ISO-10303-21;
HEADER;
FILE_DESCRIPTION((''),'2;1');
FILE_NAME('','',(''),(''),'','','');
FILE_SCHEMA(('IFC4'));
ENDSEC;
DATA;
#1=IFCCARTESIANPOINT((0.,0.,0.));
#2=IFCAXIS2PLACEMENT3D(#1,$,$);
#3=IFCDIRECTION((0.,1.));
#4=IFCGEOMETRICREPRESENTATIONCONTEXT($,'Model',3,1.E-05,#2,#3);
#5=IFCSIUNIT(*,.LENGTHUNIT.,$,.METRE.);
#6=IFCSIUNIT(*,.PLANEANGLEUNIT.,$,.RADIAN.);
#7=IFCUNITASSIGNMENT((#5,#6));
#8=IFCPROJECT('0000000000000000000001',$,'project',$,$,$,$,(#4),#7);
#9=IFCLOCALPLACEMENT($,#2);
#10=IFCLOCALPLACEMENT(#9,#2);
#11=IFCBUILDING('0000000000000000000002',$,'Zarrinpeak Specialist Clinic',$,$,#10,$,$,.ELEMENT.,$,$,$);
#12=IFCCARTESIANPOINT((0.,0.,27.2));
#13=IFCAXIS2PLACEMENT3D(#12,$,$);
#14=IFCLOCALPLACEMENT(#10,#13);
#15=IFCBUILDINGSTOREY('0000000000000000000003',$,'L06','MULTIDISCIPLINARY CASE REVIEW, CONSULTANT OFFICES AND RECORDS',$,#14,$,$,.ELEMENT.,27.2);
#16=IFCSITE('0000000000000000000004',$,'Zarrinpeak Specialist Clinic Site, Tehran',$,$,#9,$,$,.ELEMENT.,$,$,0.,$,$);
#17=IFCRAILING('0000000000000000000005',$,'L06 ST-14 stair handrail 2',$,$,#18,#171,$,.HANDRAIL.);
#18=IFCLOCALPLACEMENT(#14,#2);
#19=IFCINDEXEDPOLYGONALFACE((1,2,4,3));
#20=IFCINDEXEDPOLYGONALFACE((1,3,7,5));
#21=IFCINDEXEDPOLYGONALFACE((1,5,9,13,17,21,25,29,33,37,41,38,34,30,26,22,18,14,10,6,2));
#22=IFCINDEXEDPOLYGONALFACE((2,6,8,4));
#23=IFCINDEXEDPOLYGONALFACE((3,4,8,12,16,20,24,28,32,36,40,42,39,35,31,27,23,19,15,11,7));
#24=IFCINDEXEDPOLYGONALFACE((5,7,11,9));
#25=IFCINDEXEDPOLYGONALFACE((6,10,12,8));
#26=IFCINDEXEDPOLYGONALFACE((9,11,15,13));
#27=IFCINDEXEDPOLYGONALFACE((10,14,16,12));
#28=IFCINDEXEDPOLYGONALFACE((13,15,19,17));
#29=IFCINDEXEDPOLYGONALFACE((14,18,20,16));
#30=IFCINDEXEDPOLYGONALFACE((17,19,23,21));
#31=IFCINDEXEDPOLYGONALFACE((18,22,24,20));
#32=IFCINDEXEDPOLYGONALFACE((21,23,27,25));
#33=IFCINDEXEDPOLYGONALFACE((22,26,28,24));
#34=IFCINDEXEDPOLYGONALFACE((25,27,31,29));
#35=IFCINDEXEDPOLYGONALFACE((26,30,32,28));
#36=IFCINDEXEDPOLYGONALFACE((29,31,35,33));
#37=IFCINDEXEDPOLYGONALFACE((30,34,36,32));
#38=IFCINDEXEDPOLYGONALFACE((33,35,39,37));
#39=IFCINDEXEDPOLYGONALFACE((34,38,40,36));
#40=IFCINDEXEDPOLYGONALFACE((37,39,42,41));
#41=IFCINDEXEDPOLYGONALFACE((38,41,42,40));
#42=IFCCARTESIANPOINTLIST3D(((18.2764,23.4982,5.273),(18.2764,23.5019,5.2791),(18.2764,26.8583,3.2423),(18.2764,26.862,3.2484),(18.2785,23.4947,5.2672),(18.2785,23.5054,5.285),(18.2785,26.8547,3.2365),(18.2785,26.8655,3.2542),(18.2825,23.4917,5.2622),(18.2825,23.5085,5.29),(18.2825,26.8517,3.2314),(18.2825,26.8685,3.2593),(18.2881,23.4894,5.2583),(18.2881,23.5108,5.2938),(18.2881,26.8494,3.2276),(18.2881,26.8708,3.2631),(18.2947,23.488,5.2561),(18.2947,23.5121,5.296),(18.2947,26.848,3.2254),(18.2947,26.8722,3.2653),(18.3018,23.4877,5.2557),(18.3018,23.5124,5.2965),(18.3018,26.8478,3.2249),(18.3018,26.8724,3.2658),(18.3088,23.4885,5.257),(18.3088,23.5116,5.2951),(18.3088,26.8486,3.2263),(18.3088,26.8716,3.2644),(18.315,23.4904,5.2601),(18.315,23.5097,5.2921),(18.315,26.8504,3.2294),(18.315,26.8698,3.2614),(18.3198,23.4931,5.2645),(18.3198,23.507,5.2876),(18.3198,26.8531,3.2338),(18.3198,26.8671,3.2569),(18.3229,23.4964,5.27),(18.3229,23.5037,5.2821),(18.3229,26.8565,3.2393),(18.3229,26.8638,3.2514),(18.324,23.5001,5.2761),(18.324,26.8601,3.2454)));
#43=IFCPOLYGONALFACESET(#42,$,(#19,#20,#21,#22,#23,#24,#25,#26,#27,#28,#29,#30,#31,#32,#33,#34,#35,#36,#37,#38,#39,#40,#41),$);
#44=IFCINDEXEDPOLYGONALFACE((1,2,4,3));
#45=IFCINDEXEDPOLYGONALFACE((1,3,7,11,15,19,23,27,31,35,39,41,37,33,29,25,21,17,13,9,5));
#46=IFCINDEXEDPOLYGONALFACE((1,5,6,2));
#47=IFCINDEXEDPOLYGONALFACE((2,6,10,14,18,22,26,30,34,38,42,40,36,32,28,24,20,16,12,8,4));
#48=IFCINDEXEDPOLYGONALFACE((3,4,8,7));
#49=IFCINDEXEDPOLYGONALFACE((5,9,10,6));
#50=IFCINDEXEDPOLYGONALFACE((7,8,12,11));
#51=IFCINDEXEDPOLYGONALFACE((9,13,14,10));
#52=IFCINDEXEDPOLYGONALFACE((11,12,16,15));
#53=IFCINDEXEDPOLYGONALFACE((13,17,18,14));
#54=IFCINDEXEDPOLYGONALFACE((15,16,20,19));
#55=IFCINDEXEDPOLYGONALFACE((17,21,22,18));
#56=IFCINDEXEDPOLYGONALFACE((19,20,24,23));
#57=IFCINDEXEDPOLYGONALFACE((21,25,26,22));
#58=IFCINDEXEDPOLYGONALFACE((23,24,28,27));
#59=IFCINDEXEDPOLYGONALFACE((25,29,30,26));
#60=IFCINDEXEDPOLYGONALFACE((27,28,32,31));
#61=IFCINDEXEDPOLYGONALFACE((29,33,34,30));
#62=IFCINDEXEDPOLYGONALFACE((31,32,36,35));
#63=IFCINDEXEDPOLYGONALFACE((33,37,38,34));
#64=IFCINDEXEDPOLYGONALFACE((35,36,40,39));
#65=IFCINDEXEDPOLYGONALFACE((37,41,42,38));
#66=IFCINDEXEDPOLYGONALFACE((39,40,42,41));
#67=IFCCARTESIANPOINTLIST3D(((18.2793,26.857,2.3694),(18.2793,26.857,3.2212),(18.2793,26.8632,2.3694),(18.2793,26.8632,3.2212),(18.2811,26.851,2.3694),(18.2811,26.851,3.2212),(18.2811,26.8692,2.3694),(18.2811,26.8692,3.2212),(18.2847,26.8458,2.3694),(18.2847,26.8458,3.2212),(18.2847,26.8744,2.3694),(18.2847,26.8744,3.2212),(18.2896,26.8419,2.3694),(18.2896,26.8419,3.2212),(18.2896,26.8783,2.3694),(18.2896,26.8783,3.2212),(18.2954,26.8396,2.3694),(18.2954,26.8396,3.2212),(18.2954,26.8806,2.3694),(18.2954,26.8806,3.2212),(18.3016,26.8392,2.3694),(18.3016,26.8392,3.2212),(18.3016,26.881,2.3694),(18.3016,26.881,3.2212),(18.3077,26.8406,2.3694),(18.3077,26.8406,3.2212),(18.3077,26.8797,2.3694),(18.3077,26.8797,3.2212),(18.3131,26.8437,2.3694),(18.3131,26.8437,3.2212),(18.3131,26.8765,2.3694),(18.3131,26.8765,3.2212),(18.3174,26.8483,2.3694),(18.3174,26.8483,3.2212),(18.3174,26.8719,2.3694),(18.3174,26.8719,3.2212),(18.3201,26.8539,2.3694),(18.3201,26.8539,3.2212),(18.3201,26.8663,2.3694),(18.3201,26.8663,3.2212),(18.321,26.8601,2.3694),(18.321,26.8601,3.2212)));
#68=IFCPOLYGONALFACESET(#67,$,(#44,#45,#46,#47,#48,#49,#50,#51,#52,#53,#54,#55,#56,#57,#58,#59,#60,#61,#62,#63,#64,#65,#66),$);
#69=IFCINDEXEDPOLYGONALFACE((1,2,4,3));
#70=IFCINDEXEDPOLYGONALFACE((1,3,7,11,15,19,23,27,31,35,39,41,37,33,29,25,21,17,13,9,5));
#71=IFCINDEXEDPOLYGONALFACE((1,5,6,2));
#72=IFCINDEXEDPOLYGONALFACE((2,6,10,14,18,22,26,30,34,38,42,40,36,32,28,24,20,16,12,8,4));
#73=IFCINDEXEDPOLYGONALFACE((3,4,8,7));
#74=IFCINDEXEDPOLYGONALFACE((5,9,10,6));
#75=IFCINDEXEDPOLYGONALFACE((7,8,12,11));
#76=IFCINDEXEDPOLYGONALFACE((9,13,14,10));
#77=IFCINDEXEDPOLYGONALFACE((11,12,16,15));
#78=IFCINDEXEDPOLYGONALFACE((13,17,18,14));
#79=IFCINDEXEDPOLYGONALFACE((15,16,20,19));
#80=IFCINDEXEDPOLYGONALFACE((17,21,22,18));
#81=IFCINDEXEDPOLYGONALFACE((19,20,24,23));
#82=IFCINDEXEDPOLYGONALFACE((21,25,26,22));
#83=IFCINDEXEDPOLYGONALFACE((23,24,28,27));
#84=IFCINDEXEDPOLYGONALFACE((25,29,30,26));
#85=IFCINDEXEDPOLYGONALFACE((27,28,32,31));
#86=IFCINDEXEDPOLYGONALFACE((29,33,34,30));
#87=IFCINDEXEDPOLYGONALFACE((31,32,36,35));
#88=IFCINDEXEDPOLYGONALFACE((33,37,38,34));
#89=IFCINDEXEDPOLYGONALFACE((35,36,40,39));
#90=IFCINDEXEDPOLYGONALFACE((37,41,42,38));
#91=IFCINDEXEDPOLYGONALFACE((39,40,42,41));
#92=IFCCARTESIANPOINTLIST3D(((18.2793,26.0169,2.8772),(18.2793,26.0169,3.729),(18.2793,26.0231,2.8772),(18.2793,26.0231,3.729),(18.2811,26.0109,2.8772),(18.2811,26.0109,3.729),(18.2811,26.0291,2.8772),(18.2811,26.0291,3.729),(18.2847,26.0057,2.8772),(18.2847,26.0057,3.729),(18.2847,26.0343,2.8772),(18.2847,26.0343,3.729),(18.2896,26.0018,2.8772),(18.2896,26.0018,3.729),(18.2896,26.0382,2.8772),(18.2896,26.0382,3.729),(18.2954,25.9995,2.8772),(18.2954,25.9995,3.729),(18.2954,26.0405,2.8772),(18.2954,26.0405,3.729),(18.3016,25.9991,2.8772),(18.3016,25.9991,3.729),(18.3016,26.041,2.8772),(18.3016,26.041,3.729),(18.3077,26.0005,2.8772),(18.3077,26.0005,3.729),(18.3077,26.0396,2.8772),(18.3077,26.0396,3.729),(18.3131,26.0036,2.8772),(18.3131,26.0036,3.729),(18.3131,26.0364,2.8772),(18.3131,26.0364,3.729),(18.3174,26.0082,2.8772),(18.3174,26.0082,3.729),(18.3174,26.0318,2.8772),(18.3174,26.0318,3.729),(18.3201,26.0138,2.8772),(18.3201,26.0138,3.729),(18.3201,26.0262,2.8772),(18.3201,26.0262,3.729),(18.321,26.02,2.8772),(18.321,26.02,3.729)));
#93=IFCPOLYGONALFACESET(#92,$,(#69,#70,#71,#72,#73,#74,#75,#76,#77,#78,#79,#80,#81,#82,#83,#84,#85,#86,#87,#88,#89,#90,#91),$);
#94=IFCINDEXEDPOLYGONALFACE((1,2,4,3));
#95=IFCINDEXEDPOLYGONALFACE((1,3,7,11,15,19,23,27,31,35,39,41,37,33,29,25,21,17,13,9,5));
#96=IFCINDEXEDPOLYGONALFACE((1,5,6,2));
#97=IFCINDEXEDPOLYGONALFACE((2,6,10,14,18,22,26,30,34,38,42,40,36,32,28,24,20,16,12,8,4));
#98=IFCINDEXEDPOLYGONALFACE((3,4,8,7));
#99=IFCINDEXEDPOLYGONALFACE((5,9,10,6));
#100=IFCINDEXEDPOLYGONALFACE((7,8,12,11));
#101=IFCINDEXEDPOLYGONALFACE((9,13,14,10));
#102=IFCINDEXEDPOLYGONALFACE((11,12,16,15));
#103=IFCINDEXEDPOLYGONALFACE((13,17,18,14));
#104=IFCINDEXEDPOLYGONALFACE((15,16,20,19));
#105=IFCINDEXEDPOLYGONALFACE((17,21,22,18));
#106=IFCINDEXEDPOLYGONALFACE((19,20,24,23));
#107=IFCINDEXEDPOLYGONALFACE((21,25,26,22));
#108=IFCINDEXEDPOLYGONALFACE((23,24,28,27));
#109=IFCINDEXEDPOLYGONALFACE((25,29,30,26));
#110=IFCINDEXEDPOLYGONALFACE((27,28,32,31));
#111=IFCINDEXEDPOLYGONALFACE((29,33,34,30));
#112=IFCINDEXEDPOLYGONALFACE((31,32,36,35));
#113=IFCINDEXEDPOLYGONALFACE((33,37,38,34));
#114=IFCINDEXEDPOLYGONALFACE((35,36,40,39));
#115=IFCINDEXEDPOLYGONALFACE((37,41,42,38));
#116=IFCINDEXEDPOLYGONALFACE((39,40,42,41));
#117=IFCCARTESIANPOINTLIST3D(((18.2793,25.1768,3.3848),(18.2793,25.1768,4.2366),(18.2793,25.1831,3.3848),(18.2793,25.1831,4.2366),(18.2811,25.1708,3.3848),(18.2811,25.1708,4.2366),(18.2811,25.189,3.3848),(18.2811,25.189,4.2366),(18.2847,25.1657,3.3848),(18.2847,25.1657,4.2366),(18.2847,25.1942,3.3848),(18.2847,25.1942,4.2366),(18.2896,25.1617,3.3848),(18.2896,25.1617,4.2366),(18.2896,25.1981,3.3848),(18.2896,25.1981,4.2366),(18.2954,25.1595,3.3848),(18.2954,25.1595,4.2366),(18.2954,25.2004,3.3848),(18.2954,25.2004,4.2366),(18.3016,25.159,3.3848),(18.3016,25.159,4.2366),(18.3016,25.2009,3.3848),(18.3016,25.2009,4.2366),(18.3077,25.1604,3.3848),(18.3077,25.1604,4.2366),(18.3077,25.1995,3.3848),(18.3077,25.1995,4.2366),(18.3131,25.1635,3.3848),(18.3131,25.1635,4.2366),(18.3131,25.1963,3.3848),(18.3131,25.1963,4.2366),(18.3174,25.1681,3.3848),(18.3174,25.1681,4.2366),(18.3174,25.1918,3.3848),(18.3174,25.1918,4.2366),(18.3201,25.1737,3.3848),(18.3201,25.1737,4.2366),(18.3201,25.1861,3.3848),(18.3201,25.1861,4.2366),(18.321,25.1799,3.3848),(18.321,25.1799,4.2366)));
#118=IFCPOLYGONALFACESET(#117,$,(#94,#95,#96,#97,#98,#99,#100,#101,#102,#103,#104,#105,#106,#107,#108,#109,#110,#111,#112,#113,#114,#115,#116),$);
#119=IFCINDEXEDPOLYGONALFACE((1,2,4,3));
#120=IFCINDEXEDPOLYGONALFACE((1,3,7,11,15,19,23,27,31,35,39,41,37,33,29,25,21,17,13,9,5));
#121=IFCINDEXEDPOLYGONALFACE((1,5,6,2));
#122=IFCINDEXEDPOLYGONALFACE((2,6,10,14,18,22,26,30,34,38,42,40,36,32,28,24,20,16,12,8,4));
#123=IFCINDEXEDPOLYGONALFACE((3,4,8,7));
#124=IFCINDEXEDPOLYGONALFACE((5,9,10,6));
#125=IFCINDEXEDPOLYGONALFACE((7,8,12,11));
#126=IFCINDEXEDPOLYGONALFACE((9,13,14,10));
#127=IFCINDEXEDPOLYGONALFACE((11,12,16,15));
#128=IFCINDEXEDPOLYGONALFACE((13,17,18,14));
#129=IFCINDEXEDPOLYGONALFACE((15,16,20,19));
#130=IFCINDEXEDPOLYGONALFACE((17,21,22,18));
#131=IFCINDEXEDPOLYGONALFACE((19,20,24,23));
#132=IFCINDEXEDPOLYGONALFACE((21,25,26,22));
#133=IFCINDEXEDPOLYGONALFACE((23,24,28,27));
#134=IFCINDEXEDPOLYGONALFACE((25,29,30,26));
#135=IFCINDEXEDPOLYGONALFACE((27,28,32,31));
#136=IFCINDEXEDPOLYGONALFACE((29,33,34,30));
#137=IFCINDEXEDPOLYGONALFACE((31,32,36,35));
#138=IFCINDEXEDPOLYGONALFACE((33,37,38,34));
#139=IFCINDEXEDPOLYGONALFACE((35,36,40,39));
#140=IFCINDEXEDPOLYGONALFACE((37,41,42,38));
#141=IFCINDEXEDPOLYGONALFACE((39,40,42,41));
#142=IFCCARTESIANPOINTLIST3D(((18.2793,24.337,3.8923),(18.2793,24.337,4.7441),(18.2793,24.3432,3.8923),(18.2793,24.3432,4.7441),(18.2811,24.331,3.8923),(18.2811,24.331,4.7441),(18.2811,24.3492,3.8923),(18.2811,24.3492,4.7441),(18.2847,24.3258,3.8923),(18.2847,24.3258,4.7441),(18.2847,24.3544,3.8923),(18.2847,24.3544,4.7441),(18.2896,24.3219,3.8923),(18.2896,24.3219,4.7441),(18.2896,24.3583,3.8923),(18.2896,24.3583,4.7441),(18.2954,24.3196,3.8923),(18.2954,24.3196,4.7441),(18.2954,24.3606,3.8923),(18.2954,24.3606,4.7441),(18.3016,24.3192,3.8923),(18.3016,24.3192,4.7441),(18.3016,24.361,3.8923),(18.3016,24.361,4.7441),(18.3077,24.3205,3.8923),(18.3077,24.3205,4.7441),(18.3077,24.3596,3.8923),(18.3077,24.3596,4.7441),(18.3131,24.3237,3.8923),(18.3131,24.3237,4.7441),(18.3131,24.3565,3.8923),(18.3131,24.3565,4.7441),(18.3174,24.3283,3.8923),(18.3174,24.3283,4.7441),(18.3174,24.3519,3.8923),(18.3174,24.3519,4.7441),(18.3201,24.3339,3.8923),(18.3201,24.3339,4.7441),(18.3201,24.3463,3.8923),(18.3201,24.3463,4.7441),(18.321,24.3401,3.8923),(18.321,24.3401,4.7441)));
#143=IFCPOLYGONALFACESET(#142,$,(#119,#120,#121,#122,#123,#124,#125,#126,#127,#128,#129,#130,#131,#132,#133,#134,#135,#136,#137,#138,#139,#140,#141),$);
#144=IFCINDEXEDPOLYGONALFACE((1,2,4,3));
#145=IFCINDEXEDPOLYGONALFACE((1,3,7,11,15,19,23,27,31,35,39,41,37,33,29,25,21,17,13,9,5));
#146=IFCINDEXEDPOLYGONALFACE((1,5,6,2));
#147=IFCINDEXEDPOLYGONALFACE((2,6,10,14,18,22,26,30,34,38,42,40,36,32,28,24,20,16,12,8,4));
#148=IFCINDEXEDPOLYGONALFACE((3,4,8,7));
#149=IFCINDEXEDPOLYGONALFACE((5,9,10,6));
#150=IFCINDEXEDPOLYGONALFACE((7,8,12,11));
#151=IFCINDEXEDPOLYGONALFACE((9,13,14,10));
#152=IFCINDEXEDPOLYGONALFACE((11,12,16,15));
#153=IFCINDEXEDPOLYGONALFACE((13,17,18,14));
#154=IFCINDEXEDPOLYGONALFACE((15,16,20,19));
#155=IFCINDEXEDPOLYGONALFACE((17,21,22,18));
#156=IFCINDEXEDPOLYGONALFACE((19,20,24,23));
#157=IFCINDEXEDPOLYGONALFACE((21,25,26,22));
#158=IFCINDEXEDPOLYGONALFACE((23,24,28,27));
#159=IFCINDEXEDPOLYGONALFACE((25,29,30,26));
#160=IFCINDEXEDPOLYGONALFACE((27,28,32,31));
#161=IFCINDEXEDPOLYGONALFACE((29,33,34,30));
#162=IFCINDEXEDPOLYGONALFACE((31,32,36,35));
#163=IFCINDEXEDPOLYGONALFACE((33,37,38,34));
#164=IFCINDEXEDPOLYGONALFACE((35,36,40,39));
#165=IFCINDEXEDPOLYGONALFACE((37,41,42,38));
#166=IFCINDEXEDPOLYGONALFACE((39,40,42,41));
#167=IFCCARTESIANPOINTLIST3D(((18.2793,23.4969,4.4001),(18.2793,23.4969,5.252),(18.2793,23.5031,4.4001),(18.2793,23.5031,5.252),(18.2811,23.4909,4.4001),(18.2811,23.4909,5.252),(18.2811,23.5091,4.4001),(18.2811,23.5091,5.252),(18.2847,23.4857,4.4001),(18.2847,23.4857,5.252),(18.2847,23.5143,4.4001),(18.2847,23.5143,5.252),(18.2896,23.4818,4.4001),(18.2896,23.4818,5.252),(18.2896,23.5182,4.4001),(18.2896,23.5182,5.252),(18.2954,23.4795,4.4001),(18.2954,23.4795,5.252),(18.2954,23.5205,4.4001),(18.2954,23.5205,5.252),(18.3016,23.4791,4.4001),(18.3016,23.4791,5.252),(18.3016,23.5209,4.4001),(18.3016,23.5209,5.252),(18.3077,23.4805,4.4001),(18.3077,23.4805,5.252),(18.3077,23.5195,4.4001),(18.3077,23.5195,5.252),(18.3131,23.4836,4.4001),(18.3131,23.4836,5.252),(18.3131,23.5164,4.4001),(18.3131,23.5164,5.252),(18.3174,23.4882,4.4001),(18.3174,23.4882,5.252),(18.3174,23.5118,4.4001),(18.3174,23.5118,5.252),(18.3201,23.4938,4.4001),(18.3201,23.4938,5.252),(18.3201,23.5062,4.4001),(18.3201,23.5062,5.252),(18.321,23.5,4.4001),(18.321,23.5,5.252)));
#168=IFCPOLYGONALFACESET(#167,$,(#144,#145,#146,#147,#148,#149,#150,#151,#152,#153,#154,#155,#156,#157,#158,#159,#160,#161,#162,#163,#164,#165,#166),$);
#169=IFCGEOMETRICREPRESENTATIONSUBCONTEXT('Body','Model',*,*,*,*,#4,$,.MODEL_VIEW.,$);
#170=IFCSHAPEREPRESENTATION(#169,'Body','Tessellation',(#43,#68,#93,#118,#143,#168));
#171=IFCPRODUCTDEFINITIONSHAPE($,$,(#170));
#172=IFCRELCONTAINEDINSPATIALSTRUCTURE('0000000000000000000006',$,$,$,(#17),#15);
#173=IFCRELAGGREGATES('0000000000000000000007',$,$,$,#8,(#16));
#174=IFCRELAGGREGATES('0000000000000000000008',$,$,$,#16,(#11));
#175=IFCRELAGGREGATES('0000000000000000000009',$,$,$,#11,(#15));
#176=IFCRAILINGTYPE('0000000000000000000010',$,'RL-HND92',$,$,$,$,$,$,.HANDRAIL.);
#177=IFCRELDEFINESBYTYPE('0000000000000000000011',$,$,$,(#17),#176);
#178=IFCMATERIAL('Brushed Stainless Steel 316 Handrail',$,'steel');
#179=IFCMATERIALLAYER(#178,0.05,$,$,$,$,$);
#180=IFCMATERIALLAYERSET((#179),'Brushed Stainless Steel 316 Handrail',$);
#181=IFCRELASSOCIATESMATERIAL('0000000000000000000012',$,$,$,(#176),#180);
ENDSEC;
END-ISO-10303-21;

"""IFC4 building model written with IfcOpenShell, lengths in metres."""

from ifc_helpers import new_model, si_unit, direction, frame, origin, origin_2d, place, context, subcontext, project, spatial, circle, extrude, material, layer, layer_set, type_object, element, save


model = new_model("IFC4")

# Units and contexts
model_context = context("Model", 3, precision=1e-05, world=origin(), true_north=direction((0.0, 1.0)))
body_context = subcontext(model_context, "Body", "Model", "MODEL_VIEW")
ifc_project = project(units=[si_unit("LENGTHUNIT", "METRE"), si_unit("PLANEANGLEUNIT", "RADIAN")], contexts=[model_context])

# Site, building, storey
site_placement = place(None, origin())
site = spatial("IfcSite", under=ifc_project, at=site_placement, Name="Zarrinpeak Specialist Clinic Site, Tehran", CompositionType="ELEMENT", RefElevation=0.0)
building_placement = place(site_placement, origin())
building = spatial("IfcBuilding", under=site, at=building_placement, Name="Zarrinpeak Specialist Clinic", CompositionType="ELEMENT")
storey_placement = place(building_placement, frame((0.0, 0.0, 27.2)))
storey = spatial("IfcBuildingStorey", under=building, at=storey_placement, Name="L06", Description="MULTIDISCIPLINARY CASE REVIEW, CONSULTANT OFFICES AND RECORDS", CompositionType="ELEMENT", Elevation=27.2)

# Railing
ifc_material_1 = material(Name="Brushed Stainless Steel 316 Handrail", Category="steel")
ifc_layer_1 = layer(ifc_material_1, 0.05)
ifc_layer_set_1 = layer_set([ifc_layer_1], Name="Brushed Stainless Steel 316 Handrail")
railing_type_1 = type_object("IfcRailingType", Name="RL-HND92", PredefinedType="HANDRAIL", material=ifc_layer_set_1)
railing_1_placement = place(storey_placement, frame((18.3, 26.8601, 2.3694)))
element("IfcRailing", 1, at=railing_1_placement, inside=storey, type_object=railing_type_1, Name="L06 ST-14 stair handrail 2", PredefinedType="HANDRAIL", context=body_context, shape_type="SweptSolid", body=[
    extrude(circle(Radius=0.0239, at=origin_2d()), frame((0.0, 0.0, 0.876), z_axis=(0.0, -0.855837, 0.517246), x_axis=(1.0, 0.0, 0.0)), (0.0, 0.0, 1.0), 3.926),
    extrude(circle(Radius=0.021, at=origin_2d()), origin(), (0.0, 0.0, 1.0), 0.8518),
    extrude(circle(Radius=0.021, at=origin_2d()), frame((0.0, -0.8401, 0.5078)), (0.0, 0.0, 1.0), 0.8518),
    extrude(circle(Radius=0.021, at=origin_2d()), frame((0.0, -1.6802, 1.0154)), (0.0, 0.0, 1.0), 0.8518),
    extrude(circle(Radius=0.021, at=origin_2d()), frame((0.0, -2.52, 1.5229)), (0.0, 0.0, 1.0), 0.8518),
    extrude(circle(Radius=0.021, at=origin_2d()), frame((0.0, -3.3601, 2.0308)), (0.0, 0.0, 1.0), 0.8518),
])

save(model, "model.ifc")
